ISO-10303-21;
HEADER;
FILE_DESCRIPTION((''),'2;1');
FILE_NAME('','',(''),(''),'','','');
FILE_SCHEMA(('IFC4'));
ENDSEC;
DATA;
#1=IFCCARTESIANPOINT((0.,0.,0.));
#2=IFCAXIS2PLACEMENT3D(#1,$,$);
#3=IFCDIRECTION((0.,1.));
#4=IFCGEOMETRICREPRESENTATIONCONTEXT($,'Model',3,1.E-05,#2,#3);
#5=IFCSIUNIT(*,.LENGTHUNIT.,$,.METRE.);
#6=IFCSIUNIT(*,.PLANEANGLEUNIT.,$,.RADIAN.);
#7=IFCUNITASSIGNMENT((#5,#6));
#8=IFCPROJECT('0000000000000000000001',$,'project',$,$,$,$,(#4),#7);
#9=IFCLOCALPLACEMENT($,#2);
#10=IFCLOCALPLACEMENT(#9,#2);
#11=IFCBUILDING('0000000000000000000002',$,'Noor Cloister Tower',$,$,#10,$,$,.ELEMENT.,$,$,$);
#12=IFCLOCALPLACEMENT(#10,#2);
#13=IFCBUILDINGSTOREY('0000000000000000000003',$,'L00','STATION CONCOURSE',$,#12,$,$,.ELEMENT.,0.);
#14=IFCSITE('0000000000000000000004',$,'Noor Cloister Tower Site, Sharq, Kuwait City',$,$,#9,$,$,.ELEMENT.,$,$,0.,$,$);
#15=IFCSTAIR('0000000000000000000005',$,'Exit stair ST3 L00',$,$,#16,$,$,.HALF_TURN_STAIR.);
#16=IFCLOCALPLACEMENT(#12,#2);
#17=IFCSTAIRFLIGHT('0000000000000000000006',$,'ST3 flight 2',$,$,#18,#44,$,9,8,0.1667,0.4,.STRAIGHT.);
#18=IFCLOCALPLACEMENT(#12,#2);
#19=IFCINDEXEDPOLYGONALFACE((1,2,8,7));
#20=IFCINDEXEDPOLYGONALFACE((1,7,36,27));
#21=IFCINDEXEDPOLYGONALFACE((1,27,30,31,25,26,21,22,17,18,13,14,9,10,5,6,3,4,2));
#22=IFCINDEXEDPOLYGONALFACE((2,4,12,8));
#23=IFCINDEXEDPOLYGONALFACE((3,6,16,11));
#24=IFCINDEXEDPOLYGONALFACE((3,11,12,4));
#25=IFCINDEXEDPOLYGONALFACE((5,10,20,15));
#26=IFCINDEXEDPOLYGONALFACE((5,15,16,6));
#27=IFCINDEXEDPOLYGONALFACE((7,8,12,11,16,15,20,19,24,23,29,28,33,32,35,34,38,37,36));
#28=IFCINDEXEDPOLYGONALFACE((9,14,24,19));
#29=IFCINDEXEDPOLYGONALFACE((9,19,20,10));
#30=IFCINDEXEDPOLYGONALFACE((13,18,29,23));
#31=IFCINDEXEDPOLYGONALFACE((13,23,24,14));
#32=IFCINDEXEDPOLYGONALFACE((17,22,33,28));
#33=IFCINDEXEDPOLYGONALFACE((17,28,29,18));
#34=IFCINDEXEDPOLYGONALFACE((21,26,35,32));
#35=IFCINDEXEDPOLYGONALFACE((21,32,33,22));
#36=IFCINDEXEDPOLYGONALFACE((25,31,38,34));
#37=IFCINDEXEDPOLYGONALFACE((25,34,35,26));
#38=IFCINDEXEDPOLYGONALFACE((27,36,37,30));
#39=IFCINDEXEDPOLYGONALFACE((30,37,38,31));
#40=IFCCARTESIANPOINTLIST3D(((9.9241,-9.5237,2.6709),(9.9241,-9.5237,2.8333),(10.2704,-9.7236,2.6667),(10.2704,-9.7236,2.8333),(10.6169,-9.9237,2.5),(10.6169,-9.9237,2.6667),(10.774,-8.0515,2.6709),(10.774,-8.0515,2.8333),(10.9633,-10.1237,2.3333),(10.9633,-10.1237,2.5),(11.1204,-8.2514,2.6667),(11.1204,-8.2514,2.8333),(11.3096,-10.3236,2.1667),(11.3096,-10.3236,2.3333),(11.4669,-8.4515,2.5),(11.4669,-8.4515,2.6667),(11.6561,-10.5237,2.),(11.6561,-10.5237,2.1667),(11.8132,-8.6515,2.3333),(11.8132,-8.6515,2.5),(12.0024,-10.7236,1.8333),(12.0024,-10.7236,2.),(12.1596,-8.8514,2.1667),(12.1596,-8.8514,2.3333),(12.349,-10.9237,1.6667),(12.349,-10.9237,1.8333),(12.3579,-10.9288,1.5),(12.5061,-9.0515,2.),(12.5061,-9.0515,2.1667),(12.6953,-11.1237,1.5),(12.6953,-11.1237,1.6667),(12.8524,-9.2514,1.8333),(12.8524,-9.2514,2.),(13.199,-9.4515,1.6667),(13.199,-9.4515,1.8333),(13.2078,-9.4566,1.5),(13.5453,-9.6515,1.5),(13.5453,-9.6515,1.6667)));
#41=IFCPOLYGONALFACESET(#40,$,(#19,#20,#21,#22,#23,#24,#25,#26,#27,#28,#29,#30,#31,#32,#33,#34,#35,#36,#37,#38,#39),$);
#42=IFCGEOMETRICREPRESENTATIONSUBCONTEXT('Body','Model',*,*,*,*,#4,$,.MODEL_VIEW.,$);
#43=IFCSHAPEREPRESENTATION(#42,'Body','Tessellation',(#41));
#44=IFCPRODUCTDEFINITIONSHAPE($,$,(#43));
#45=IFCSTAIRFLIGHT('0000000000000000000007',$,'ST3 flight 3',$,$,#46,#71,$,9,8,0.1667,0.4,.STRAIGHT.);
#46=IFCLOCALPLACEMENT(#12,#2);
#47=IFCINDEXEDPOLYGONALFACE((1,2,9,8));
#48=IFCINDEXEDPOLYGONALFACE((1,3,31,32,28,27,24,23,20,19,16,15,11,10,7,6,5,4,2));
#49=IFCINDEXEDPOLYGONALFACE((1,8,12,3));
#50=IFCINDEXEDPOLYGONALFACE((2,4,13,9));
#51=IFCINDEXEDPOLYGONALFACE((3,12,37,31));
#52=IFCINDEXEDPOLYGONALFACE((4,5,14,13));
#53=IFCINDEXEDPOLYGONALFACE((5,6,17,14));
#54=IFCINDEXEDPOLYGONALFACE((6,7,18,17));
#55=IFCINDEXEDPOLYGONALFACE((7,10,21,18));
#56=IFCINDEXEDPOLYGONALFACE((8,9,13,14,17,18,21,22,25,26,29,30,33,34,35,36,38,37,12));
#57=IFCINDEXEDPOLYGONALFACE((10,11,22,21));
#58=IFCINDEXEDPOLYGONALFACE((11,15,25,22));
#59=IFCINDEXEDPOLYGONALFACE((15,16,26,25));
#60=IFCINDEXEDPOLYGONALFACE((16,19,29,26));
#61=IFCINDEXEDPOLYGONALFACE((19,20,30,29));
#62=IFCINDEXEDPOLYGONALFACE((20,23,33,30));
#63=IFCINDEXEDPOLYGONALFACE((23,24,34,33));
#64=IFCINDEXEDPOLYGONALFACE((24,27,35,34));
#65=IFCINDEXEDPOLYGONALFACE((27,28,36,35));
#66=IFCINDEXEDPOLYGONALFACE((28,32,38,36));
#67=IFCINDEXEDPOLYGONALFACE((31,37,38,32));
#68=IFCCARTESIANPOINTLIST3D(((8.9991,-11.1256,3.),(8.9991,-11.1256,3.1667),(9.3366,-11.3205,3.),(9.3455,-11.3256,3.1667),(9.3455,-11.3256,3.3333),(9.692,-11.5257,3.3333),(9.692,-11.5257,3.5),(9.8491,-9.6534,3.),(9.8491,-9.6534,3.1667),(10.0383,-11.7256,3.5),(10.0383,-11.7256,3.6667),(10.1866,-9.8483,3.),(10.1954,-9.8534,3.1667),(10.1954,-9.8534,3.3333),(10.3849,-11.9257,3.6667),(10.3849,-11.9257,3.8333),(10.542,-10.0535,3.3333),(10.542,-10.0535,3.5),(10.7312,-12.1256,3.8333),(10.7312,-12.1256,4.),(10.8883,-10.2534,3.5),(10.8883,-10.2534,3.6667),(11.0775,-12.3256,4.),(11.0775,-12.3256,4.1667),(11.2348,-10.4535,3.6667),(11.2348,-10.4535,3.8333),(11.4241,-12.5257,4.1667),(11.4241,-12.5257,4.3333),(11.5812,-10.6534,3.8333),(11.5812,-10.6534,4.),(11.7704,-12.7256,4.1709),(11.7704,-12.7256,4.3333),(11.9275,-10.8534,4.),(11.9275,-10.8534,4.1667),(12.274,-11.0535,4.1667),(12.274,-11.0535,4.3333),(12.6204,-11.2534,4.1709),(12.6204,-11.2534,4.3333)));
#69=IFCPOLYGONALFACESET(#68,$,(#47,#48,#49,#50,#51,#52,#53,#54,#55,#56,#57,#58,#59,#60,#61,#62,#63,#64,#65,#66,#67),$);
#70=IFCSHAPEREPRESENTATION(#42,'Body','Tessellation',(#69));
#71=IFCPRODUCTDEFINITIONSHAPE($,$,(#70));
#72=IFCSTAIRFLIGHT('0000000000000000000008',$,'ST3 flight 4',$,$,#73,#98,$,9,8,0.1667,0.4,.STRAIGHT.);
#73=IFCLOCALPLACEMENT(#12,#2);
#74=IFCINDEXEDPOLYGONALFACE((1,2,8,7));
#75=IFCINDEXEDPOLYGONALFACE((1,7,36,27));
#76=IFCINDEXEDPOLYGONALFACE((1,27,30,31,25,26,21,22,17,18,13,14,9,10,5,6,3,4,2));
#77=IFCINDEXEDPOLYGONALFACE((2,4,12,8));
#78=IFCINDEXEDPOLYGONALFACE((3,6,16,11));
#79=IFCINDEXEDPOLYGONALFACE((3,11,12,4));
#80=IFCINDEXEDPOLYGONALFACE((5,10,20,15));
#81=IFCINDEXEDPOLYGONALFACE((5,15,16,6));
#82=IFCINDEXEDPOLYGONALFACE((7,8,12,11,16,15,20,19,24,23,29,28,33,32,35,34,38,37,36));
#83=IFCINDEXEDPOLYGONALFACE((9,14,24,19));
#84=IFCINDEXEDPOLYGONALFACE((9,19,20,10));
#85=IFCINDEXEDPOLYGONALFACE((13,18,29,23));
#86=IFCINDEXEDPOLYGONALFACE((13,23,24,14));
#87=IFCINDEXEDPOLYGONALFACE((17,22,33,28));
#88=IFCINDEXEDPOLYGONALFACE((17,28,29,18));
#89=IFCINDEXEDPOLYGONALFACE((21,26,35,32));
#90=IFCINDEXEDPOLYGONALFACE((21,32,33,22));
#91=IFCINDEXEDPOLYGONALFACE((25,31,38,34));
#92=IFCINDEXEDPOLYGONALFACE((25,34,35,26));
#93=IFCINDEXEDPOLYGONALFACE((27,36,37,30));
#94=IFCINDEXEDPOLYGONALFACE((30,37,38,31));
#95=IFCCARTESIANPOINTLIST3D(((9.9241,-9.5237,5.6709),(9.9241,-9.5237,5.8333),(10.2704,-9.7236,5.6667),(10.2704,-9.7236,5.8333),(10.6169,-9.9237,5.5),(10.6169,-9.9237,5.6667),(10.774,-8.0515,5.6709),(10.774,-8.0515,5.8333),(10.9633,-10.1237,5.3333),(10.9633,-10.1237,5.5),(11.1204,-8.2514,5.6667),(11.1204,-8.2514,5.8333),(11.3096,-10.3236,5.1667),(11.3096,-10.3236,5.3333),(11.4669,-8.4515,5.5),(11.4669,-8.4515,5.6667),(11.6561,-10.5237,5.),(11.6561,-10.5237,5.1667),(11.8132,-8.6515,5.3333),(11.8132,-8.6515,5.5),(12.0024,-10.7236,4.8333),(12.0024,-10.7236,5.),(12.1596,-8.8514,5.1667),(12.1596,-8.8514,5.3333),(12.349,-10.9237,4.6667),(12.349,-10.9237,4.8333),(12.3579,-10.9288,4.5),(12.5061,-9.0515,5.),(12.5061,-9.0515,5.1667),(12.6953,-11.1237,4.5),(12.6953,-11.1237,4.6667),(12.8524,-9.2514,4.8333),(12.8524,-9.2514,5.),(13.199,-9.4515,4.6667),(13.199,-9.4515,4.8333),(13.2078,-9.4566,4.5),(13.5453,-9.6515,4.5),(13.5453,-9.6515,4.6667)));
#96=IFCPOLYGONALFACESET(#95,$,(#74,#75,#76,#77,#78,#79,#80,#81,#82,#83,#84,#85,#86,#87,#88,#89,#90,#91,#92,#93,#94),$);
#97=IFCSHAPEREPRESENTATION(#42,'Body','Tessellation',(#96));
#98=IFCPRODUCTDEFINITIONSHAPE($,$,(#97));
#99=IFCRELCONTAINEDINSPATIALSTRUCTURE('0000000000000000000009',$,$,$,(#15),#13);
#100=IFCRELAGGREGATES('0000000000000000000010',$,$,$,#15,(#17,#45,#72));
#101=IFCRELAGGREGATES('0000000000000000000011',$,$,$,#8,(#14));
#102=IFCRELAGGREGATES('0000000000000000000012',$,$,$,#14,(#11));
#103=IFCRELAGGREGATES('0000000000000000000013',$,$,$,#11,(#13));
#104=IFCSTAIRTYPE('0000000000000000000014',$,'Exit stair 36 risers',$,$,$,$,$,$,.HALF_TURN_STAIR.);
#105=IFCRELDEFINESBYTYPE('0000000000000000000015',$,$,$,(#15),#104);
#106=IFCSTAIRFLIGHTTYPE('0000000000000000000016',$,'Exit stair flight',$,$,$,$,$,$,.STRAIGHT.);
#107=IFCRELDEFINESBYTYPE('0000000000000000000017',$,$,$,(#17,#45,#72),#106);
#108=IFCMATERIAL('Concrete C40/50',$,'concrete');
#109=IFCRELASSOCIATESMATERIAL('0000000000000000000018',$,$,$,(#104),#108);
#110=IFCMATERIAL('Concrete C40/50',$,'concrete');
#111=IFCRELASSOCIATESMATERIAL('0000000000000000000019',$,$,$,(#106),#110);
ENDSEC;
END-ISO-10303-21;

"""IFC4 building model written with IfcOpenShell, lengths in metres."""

from ifc_helpers import new_model, si_unit, direction, frame, origin, place, context, subcontext, project, spatial, polyline, outline, extrude, material, type_object, element, aggregate, save


model = new_model("IFC4")

# Units and contexts
model_context = context("Model", 3, precision=1e-05, world=origin(), true_north=direction((0.0, 1.0)))
body_context = subcontext(model_context, "Body", "Model", "MODEL_VIEW")
ifc_project = project(units=[si_unit("LENGTHUNIT", "METRE"), si_unit("PLANEANGLEUNIT", "RADIAN")], contexts=[model_context])

# Site, building, storey
site_placement = place(None, origin())
site = spatial("IfcSite", under=ifc_project, at=site_placement, Name="Noor Cloister Tower Site, Sharq, Kuwait City", CompositionType="ELEMENT", RefElevation=0.0)
building_placement = place(site_placement, origin())
building = spatial("IfcBuilding", under=site, at=building_placement, Name="Noor Cloister Tower", CompositionType="ELEMENT")
storey_placement = place(building_placement, origin())
storey = spatial("IfcBuildingStorey", under=building, at=storey_placement, Name="L00", Description="STATION CONCOURSE", CompositionType="ELEMENT", Elevation=0.0)

# Stair, stair flights
ifc_material_1 = material(Name="Concrete C40/50", Category="concrete")
stair_type = type_object("IfcStairType", Name="Exit stair 36 risers", PredefinedType="HALF_TURN_STAIR", material=ifc_material_1)
stair_placement = place(storey_placement, origin())
stair = element("IfcStair", 1, at=stair_placement, inside=storey, type_object=stair_type, Name="Exit stair ST3 L00", PredefinedType="HALF_TURN_STAIR")
ifc_material_2 = material(Name="Concrete C40/50", Category="concrete")
stair_flight_type = type_object("IfcStairFlightType", Name="Exit stair flight", PredefinedType="STRAIGHT", material=ifc_material_2)
stair_flight_1_placement = place(storey_placement, frame((13.1204, -10.3875, 1.5), z_axis=(0.0, 0.0, 1.0), x_axis=(-0.866025, 0.5, 0.0)))
stair_flight_1 = element("IfcStairFlight", 2, at=stair_flight_1_placement, type_object=stair_flight_type, Name="ST3 flight 2", NumberOfRisers=9, NumberOfTreads=8, PredefinedType="STRAIGHT", RiserHeight=0.1667, TreadLength=0.4, context=body_context, shape_type="SweptSolid", body=[
    extrude(outline(polyline([(0.0, 0.0), (0.0, 0.1667), (0.3999, 0.1667), (0.3999, 0.3333), (0.8, 0.3333), (0.8, 0.5), (1.2, 0.5), (1.2, 0.6667), (1.6001, 0.6667), (1.6001, 0.8333), (2.0, 0.8333), (2.0, 1.0), (2.3999, 1.0), (2.3999, 1.1667), (2.8, 1.1667), (2.8, 1.3333), (3.2, 1.3333), (3.2, 1.5), (3.2, 1.1709), (0.3896, 0.0), (0.0, 0.0)])), frame((0.0, 0.8501, 0.0), z_axis=(0.0, -1.0, 0.0), x_axis=(1.0, 0.0, 0.0)), (0.0, 0.0, 1.0), 1.7),
])
stair_flight_2_placement = place(storey_placement, frame((9.4241, -10.3896, 3.0), z_axis=(0.0, 0.0, 1.0), x_axis=(0.866025, -0.5, 0.0)))
stair_flight_2 = element("IfcStairFlight", 3, at=stair_flight_2_placement, type_object=stair_flight_type, Name="ST3 flight 3", NumberOfRisers=9, NumberOfTreads=8, PredefinedType="STRAIGHT", RiserHeight=0.1667, TreadLength=0.4, context=body_context, shape_type="SweptSolid", body=[
    extrude(outline(polyline([(0.0, 0.0), (0.0, 0.1667), (0.3999, 0.1667), (0.3999, 0.3333), (0.8, 0.3333), (0.8, 0.5), (1.2, 0.5), (1.2, 0.6667), (1.6001, 0.6667), (1.6001, 0.8333), (2.0, 0.8333), (2.0, 1.0), (2.3999, 1.0), (2.3999, 1.1667), (2.8, 1.1667), (2.8, 1.3333), (3.2, 1.3333), (3.2, 1.5), (3.2, 1.1709), (0.3896, 0.0), (0.0, 0.0)])), frame((0.0, 0.8501, 0.0), z_axis=(0.0, -1.0, 0.0), x_axis=(1.0, 0.0, 0.0)), (0.0, 0.0, 1.0), 1.7),
])
stair_flight_3_placement = place(storey_placement, frame((13.1204, -10.3875, 4.5), z_axis=(0.0, 0.0, 1.0), x_axis=(-0.866025, 0.5, 0.0)))
stair_flight_3 = element("IfcStairFlight", 4, at=stair_flight_3_placement, type_object=stair_flight_type, Name="ST3 flight 4", NumberOfRisers=9, NumberOfTreads=8, PredefinedType="STRAIGHT", RiserHeight=0.1667, TreadLength=0.4, context=body_context, shape_type="SweptSolid", body=[
    extrude(outline(polyline([(0.0, 0.0), (0.0, 0.1667), (0.3999, 0.1667), (0.3999, 0.3333), (0.8, 0.3333), (0.8, 0.5), (1.2, 0.5), (1.2, 0.6667), (1.6001, 0.6667), (1.6001, 0.8333), (2.0, 0.8333), (2.0, 1.0), (2.3999, 1.0), (2.3999, 1.1667), (2.8, 1.1667), (2.8, 1.3333), (3.2, 1.3333), (3.2, 1.5), (3.2, 1.1709), (0.3896, 0.0), (0.0, 0.0)])), frame((0.0, 0.8501, 0.0), z_axis=(0.0, -1.0, 0.0), x_axis=(1.0, 0.0, 0.0)), (0.0, 0.0, 1.0), 1.7),
])
aggregate(stair, [stair_flight_1, stair_flight_2, stair_flight_3])

save(model, "model.ifc")
